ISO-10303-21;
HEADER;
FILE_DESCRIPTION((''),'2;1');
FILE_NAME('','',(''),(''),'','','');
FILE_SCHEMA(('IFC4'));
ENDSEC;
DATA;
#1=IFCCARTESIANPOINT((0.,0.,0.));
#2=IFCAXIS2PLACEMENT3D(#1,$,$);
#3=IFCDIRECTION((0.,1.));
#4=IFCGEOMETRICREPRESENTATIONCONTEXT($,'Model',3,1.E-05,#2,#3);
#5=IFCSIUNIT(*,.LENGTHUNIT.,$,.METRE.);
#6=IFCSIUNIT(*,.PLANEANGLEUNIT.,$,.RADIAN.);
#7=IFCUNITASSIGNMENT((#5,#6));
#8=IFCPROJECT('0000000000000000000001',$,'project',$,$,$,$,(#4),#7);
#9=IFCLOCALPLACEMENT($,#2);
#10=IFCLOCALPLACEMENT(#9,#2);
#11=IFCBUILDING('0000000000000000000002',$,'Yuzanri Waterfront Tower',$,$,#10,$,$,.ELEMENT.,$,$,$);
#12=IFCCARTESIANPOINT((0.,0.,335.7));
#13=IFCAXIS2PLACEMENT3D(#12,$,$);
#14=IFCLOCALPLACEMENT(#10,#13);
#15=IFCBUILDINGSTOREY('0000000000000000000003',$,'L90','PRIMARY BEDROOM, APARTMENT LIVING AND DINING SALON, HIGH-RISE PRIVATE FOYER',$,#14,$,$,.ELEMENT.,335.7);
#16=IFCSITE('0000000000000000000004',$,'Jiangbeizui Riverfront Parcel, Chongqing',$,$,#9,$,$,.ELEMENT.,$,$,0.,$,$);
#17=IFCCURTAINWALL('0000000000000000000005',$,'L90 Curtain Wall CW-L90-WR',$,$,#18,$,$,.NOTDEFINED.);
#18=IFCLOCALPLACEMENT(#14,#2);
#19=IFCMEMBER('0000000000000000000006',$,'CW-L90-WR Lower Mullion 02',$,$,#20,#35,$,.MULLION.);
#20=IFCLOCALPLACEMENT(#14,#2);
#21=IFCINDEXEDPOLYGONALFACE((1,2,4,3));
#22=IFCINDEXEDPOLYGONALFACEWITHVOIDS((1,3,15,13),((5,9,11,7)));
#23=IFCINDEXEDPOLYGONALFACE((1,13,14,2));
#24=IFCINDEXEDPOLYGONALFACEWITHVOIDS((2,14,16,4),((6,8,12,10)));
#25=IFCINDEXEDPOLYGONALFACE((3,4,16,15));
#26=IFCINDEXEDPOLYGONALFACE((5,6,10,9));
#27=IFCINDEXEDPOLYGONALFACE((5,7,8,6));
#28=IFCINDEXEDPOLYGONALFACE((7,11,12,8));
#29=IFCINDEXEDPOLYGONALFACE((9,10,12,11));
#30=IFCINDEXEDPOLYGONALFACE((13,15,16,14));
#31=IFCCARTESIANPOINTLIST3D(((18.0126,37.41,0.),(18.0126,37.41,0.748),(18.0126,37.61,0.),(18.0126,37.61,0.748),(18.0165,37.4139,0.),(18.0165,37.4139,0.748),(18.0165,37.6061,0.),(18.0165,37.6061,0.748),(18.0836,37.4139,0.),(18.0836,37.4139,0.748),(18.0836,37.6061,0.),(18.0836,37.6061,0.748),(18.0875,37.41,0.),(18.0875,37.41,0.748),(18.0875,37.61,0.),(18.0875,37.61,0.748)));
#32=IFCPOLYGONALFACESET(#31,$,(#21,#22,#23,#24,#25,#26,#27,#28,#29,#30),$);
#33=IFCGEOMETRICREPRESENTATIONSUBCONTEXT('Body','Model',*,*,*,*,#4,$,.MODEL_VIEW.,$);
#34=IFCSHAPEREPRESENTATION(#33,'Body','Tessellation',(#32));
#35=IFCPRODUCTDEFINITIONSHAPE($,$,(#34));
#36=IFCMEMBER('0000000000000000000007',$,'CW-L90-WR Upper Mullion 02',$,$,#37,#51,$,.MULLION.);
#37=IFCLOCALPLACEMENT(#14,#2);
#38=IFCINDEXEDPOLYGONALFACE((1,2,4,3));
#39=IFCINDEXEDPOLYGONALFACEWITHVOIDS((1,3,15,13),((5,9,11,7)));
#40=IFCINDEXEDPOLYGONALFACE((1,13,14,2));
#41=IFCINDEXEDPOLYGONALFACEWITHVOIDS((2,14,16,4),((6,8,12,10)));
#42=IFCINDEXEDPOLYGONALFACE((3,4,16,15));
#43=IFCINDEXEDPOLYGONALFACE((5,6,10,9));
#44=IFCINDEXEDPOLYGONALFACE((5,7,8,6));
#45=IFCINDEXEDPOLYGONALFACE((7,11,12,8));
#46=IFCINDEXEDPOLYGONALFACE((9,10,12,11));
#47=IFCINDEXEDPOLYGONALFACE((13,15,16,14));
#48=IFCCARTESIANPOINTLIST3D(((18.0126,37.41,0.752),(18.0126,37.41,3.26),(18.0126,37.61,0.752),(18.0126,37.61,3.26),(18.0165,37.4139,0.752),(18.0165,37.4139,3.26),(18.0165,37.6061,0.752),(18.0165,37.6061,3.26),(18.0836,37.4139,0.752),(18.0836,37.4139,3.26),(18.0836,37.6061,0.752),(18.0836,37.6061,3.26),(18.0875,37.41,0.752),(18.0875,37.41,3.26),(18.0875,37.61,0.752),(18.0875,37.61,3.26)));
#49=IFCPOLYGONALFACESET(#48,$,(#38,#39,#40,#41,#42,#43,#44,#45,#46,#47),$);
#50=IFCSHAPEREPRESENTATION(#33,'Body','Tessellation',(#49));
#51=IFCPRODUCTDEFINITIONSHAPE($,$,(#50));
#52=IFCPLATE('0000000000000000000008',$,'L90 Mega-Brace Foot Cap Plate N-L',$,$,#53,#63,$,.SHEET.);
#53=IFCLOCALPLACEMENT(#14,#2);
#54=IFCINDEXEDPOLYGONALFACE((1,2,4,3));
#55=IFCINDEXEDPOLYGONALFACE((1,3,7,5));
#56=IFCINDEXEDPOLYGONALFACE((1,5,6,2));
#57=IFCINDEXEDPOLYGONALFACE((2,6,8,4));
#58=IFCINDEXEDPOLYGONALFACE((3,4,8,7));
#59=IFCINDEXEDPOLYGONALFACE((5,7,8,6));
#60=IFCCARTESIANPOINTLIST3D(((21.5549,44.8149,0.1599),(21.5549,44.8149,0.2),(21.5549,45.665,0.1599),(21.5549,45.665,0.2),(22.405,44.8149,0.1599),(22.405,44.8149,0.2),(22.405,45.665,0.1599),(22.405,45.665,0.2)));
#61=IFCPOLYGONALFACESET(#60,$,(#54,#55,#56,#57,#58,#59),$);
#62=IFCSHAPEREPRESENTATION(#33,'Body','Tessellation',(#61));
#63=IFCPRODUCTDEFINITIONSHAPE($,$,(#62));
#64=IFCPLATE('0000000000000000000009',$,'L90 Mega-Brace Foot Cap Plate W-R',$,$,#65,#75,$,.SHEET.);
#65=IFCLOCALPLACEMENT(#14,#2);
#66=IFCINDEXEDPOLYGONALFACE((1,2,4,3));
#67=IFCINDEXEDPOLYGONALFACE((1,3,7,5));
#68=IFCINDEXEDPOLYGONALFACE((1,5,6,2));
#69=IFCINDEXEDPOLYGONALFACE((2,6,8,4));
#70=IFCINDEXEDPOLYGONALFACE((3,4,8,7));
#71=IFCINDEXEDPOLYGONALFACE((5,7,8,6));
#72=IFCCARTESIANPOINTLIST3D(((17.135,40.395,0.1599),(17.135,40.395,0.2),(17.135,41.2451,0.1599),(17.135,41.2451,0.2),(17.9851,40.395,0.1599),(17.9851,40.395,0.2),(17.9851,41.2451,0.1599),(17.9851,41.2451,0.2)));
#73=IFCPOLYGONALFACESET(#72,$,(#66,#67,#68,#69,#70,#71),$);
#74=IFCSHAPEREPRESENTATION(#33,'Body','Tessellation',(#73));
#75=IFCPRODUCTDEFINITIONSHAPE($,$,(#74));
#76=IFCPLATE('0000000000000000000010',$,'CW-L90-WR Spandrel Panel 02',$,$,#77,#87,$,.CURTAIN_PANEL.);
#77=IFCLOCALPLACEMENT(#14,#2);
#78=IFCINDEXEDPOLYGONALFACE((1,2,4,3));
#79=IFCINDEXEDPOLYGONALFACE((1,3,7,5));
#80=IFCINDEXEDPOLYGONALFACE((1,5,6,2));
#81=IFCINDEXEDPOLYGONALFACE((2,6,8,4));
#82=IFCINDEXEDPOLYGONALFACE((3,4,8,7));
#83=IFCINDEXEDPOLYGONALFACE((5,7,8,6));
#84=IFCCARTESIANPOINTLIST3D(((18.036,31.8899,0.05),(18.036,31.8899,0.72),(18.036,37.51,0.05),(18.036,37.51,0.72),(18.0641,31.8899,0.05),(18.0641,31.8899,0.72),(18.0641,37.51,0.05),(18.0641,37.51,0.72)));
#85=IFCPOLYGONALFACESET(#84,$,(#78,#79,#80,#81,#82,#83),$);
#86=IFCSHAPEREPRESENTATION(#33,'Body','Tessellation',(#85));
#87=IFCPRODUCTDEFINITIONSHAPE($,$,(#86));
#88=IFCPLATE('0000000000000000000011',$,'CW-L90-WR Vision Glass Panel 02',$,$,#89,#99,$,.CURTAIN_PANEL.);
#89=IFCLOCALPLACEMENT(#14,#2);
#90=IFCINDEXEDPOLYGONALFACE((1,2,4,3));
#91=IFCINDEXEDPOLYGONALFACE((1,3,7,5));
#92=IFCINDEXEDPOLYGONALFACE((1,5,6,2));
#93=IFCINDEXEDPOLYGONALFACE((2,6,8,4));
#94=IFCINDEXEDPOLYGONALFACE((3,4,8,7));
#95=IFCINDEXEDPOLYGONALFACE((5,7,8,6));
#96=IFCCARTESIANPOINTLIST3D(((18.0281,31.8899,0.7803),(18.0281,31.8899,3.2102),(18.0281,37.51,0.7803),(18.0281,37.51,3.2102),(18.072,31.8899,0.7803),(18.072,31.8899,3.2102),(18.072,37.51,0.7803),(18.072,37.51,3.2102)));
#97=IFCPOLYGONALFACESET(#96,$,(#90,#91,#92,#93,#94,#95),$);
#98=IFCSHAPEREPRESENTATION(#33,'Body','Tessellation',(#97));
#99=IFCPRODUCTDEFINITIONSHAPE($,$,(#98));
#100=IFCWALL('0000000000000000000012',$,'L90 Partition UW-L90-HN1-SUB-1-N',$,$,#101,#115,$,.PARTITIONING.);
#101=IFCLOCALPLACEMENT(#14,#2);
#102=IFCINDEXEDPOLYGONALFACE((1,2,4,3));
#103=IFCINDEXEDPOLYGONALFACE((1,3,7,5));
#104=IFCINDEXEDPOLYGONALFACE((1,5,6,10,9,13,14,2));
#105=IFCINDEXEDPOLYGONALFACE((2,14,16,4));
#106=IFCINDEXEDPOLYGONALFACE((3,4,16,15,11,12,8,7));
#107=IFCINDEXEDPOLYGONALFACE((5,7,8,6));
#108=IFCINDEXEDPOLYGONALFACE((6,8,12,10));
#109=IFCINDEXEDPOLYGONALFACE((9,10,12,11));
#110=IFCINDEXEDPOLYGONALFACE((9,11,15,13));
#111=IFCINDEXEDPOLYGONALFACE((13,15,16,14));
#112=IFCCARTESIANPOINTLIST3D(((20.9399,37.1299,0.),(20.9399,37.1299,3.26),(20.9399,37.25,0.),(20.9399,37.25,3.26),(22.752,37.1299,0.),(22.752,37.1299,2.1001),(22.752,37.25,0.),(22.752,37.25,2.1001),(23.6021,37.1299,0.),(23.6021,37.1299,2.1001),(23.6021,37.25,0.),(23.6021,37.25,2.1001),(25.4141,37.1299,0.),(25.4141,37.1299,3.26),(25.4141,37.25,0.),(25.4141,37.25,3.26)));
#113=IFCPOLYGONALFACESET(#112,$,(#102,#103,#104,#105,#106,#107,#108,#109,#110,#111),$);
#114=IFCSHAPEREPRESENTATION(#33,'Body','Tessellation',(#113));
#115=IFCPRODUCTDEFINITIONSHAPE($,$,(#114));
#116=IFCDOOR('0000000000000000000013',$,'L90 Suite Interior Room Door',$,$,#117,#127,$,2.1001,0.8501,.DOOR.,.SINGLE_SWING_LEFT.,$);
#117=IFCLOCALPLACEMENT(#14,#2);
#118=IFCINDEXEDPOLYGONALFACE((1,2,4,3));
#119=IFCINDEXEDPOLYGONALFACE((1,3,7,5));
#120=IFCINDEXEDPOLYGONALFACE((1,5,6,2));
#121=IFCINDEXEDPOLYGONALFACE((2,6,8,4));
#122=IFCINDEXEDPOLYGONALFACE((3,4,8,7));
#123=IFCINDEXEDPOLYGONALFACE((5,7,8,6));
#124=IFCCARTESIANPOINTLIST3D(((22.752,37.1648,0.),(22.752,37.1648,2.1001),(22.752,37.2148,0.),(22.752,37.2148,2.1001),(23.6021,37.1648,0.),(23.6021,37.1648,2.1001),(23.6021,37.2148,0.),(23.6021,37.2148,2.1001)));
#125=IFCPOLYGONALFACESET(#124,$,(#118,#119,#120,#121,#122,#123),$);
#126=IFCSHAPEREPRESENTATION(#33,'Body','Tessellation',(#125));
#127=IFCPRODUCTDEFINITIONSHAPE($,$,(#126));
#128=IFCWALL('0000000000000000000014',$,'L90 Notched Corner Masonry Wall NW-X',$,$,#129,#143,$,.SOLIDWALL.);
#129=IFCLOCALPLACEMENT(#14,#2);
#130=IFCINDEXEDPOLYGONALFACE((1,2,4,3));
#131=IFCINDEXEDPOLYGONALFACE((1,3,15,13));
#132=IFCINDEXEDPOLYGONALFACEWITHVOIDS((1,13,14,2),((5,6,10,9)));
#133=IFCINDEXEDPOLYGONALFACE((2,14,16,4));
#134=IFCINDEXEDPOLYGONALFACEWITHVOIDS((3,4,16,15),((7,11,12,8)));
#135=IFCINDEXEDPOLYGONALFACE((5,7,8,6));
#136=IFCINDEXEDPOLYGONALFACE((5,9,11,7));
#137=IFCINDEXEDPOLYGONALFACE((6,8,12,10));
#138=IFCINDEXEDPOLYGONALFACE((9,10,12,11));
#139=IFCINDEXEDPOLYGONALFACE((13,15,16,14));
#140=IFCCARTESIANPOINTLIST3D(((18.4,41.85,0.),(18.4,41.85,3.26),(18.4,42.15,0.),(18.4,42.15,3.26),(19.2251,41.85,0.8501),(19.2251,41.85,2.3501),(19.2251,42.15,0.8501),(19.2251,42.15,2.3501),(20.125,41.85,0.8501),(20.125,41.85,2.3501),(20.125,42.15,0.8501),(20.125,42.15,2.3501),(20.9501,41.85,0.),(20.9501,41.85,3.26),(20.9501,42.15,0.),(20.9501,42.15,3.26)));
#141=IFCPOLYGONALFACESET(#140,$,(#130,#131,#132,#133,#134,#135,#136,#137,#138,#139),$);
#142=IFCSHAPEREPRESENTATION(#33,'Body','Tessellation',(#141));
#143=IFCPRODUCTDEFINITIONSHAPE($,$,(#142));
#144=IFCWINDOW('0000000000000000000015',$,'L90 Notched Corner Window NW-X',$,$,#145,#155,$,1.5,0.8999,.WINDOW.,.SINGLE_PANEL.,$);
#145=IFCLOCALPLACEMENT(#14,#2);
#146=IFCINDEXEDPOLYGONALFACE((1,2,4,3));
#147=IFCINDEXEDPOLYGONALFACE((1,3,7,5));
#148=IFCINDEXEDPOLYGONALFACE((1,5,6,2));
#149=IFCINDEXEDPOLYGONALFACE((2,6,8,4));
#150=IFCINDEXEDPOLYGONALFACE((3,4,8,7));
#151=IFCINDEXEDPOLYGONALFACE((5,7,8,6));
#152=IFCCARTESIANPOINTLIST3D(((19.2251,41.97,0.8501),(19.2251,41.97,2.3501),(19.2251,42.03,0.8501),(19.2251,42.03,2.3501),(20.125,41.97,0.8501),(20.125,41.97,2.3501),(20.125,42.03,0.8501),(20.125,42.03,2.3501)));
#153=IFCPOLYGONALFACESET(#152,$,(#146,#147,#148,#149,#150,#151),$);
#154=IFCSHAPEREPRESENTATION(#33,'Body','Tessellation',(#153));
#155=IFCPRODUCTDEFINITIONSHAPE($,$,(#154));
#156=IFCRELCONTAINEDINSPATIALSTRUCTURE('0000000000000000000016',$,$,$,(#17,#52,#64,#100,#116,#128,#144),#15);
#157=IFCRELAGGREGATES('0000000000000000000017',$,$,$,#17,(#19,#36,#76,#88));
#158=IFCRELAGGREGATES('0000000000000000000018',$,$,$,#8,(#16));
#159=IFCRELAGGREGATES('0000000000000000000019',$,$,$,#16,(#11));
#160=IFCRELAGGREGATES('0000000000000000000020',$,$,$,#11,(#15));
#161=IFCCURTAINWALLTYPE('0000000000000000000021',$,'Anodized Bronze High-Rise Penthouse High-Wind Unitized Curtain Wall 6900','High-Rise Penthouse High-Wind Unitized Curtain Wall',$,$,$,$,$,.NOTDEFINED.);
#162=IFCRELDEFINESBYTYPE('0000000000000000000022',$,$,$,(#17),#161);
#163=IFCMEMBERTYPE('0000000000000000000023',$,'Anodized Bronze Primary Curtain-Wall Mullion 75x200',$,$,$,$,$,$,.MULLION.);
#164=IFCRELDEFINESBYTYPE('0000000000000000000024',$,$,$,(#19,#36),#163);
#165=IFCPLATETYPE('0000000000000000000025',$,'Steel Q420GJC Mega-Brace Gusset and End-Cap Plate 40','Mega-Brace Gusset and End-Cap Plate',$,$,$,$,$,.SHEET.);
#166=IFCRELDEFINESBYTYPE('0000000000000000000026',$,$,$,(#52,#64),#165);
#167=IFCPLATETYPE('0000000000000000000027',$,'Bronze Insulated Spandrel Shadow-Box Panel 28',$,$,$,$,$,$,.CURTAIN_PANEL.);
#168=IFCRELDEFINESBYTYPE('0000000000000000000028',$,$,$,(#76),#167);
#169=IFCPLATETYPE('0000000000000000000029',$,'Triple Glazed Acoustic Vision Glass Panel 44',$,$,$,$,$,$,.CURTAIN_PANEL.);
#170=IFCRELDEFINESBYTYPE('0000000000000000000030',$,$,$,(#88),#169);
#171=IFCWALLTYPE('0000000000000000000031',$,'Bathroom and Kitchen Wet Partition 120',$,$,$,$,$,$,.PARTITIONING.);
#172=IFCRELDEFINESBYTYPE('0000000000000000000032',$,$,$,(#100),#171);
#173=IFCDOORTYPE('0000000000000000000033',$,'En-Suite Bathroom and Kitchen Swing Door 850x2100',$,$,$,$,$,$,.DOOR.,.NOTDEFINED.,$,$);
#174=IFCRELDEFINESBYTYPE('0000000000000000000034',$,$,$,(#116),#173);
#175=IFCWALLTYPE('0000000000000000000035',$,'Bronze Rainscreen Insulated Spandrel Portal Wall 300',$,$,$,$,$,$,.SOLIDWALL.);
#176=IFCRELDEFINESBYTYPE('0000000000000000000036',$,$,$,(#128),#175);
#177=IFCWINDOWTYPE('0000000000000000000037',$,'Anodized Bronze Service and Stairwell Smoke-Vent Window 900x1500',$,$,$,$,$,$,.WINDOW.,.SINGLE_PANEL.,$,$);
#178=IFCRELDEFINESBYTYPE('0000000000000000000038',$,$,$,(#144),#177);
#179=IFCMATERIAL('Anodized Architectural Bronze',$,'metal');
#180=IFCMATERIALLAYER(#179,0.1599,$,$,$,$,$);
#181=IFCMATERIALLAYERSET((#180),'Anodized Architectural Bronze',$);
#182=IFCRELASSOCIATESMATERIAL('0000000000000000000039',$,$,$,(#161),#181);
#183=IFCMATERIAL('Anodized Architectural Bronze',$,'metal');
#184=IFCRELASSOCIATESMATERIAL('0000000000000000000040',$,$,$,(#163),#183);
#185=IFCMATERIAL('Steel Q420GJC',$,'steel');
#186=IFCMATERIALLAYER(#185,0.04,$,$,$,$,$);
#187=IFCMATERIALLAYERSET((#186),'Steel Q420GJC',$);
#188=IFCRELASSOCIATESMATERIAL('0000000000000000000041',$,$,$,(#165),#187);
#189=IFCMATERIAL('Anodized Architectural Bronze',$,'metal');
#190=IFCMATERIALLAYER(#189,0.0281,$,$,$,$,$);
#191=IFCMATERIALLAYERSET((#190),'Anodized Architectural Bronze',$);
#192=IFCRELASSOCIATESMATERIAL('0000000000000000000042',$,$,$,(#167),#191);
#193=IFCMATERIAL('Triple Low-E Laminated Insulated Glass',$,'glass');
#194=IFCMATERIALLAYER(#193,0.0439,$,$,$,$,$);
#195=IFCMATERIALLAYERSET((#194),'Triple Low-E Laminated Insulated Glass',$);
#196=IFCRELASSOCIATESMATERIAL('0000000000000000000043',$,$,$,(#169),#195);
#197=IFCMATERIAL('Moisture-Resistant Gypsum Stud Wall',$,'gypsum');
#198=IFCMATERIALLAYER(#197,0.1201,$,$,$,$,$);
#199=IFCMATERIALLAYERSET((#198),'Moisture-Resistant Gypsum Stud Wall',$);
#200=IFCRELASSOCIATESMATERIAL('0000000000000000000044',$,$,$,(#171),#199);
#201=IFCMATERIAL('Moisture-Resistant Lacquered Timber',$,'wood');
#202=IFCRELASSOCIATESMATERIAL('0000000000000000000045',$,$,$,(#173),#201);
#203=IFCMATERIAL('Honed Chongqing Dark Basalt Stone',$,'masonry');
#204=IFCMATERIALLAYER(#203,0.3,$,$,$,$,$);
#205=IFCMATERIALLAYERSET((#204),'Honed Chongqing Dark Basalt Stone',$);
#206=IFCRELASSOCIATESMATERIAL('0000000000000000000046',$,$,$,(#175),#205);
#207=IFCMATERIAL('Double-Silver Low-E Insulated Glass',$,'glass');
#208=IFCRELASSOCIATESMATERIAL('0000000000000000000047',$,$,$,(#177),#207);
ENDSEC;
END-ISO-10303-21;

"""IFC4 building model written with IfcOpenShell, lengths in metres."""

from ifc_helpers import new_model, si_unit, direction, frame, frame_2d, origin, origin_2d, place, context, subcontext, project, spatial, rectangle, hollow_rectangle, extrude, source, transform, mapped, material, layer, layer_set, material_profile, profile_set, type_object, element, fill, aggregate, save


model = new_model("IFC4")

# Units and contexts
model_context = context("Model", 3, precision=1e-05, world=origin(), true_north=direction((0.0, 1.0)))
body_context = subcontext(model_context, "Body", "Model", "MODEL_VIEW")
ifc_project = project(units=[si_unit("LENGTHUNIT", "METRE"), si_unit("PLANEANGLEUNIT", "RADIAN")], contexts=[model_context])

# Site, building, storey
site_placement = place(None, origin())
site = spatial("IfcSite", under=ifc_project, at=site_placement, Name="Jiangbeizui Riverfront Parcel, Chongqing", CompositionType="ELEMENT", RefElevation=0.0)
building_placement = place(site_placement, origin())
building = spatial("IfcBuilding", under=site, at=building_placement, Name="Yuzanri Waterfront Tower", CompositionType="ELEMENT")
storey_placement = place(building_placement, frame((0.0, 0.0, 335.7)))
storey = spatial("IfcBuildingStorey", under=building, at=storey_placement, Name="L90", Description="PRIMARY BEDROOM, APARTMENT LIVING AND DINING SALON, HIGH-RISE PRIVATE FOYER", CompositionType="ELEMENT", Elevation=335.7)

# Shared definitions
ifc_material_1 = material(Name="Anodized Architectural Bronze", Category="metal")
ifc_layer_1 = layer(ifc_material_1, 0.1599)
ifc_layer_set_1 = layer_set([ifc_layer_1], Name="Anodized Architectural Bronze")
curtain_wall_type = type_object("IfcCurtainWallType", Name="Anodized Bronze High-Rise Penthouse High-Wind Unitized Curtain Wall 6900", Description="High-Rise Penthouse High-Wind Unitized Curtain Wall", PredefinedType="NOTDEFINED", material=ifc_layer_set_1)

# Curtain wall, members
curtain_wall_1_placement = place(storey_placement, origin())
curtain_wall_1 = element("IfcCurtainWall", 1, at=curtain_wall_1_placement, inside=storey, type_object=curtain_wall_type, Name="L90 Curtain Wall CW-L90-WR", PredefinedType="NOTDEFINED")
ifc_material_2 = material(Name="Anodized Architectural Bronze", Category="metal")
ifc_material_profile_1 = material_profile(ifc_material_2, hollow_rectangle(XDim=0.075, YDim=0.2, WallThickness=0.0039, at=origin_2d()), Name="CWM 75x200")
ifc_profile_set_1 = profile_set([ifc_material_profile_1], Name="Anodized Architectural Bronze")
member_type_1 = type_object("IfcMemberType", Name="Anodized Bronze Primary Curtain-Wall Mullion 75x200", PredefinedType="MULLION", material=ifc_profile_set_1)
shared_shape_1 = source(origin(), body_context, "Body", "SweptSolid", [
    extrude(hollow_rectangle(XDim=0.075, YDim=0.2, WallThickness=0.0039, at=origin_2d()), origin(), (0.0, 0.0, 1.0), 0.748),
])
member_1_placement = place(storey_placement, frame((18.05, 37.51, 0.0), z_axis=(0.0, 0.0, 1.0), x_axis=(1.0, 0.0, 0.0)))
member_1 = element("IfcMember", 2, at=member_1_placement, type_object=member_type_1, Name="CW-L90-WR Lower Mullion 02", PredefinedType="MULLION", context=body_context, shape_type="MappedRepresentation", body=[
    mapped(shared_shape_1, transform((0.0, 0.0, 0.0), scale=1.0)),
])
shared_shape_2 = source(origin(), body_context, "Body", "SweptSolid", [
    extrude(hollow_rectangle(XDim=0.075, YDim=0.2, WallThickness=0.0039, at=origin_2d()), origin(), (0.0, 0.0, 1.0), 2.5081),
])
member_2_placement = place(storey_placement, frame((18.05, 37.51, 0.752), z_axis=(0.0, 0.0, 1.0), x_axis=(1.0, 0.0, 0.0)))
member_2 = element("IfcMember", 3, at=member_2_placement, type_object=member_type_1, Name="CW-L90-WR Upper Mullion 02", PredefinedType="MULLION", context=body_context, shape_type="MappedRepresentation", body=[
    mapped(shared_shape_2, transform((0.0, 0.0, 0.0), scale=1.0)),
])

# Plates
ifc_material_3 = material(Name="Steel Q420GJC", Category="steel")
ifc_layer_2 = layer(ifc_material_3, 0.04)
ifc_layer_set_2 = layer_set([ifc_layer_2], Name="Steel Q420GJC")
plate_type_1 = type_object("IfcPlateType", Name="Steel Q420GJC Mega-Brace Gusset and End-Cap Plate 40", Description="Mega-Brace Gusset and End-Cap Plate", PredefinedType="SHEET", material=ifc_layer_set_2)
shared_shape_3 = source(origin(), body_context, "Body", "SweptSolid", [
    extrude(rectangle(XDim=0.8501, YDim=0.8501, at=origin_2d()), origin(), (0.0, 0.0, 1.0), 0.04),
])
for number, where, z_axis, x_axis, name in (
    (4, (21.98, 45.24, 0.1599), (0.0, 0.0, 1.0), (1.0, 0.0, 0.0), "L90 Mega-Brace Foot Cap Plate N-L"),
    (5, (17.5601, 40.8201, 0.1599), (0.0, 0.0, 1.0), (1.0, 0.0, 0.0), "L90 Mega-Brace Foot Cap Plate W-R"),
):
    element("IfcPlate", number, at=place(storey_placement, frame(where, z_axis=z_axis, x_axis=x_axis)), inside=storey, type_object=plate_type_1, Name=name, PredefinedType="SHEET", context=body_context, shape_type="MappedRepresentation", body=[
        mapped(shared_shape_3, transform((0.0, 0.0, 0.0), scale=1.0)),
    ])

# Plates
ifc_material_4 = material(Name="Anodized Architectural Bronze", Category="metal")
ifc_layer_3 = layer(ifc_material_4, 0.0281)
ifc_layer_set_3 = layer_set([ifc_layer_3], Name="Anodized Architectural Bronze")
plate_type_2 = type_object("IfcPlateType", Name="Bronze Insulated Spandrel Shadow-Box Panel 28", PredefinedType="CURTAIN_PANEL", material=ifc_layer_set_3)
shared_shape_4 = source(origin(), body_context, "Body", "SweptSolid", [
    extrude(rectangle(XDim=5.6201, YDim=0.0281, at=origin_2d()), origin(), (0.0, 0.0, 1.0), 0.6699),
])
plate_1_placement = place(storey_placement, frame((18.05, 34.7, 0.05), z_axis=(0.0, 0.0, 1.0), x_axis=(0.0, 1.0, 0.0)))
plate_1 = element("IfcPlate", 6, at=plate_1_placement, type_object=plate_type_2, Name="CW-L90-WR Spandrel Panel 02", PredefinedType="CURTAIN_PANEL", context=body_context, shape_type="MappedRepresentation", body=[
    mapped(shared_shape_4, transform((0.0, 0.0, 0.0), scale=1.0)),
])
ifc_material_5 = material(Name="Triple Low-E Laminated Insulated Glass", Category="glass")
ifc_layer_4 = layer(ifc_material_5, 0.0439)
ifc_layer_set_4 = layer_set([ifc_layer_4], Name="Triple Low-E Laminated Insulated Glass")
plate_type_3 = type_object("IfcPlateType", Name="Triple Glazed Acoustic Vision Glass Panel 44", PredefinedType="CURTAIN_PANEL", material=ifc_layer_set_4)
shared_shape_5 = source(origin(), body_context, "Body", "SweptSolid", [
    extrude(rectangle(XDim=5.6201, YDim=0.0439, at=origin_2d()), origin(), (0.0, 0.0, 1.0), 2.4299),
])
plate_2_placement = place(storey_placement, frame((18.05, 34.7, 0.7803), z_axis=(0.0, 0.0, 1.0), x_axis=(0.0, 1.0, 0.0)))
plate_2 = element("IfcPlate", 7, at=plate_2_placement, type_object=plate_type_3, Name="CW-L90-WR Vision Glass Panel 02", PredefinedType="CURTAIN_PANEL", context=body_context, shape_type="MappedRepresentation", body=[
    mapped(shared_shape_5, transform((0.0, 0.0, 0.0), scale=1.0)),
])
aggregate(curtain_wall_1, [member_1, member_2, plate_1, plate_2])

# Wall, opening, door
ifc_material_6 = material(Name="Moisture-Resistant Gypsum Stud Wall", Category="gypsum")
ifc_layer_5 = layer(ifc_material_6, 0.1201)
ifc_layer_set_5 = layer_set([ifc_layer_5], Name="Moisture-Resistant Gypsum Stud Wall")
wall_type_1 = type_object("IfcWallType", Name="Bathroom and Kitchen Wet Partition 120", PredefinedType="PARTITIONING", material=ifc_layer_set_5)
wall_1_placement = place(storey_placement, frame((20.9399, 37.1899, 0.0), z_axis=(0.0, 0.0, 1.0), x_axis=(1.0, 0.0, 0.0)))
wall_1 = element("IfcWall", 8, at=wall_1_placement, inside=storey, type_object=wall_type_1, Name="L90 Partition UW-L90-HN1-SUB-1-N", PredefinedType="PARTITIONING", context=body_context, shape_type="SweptSolid", body=[
    extrude(rectangle(XDim=4.4741, YDim=0.1201, at=frame_2d((2.2371, 0.0))), origin(), (0.0, 0.0, 1.0), 3.26),
])
opening_1_placement = place(wall_1_placement, frame((1.812, 0.0, 0.0)))
opening_1 = element("IfcOpeningElement", 9, at=opening_1_placement, cuts=wall_1, PredefinedType="OPENING", context=body_context, shape_type="SweptSolid", body=[
    extrude(rectangle(XDim=0.8501, YDim=2.1001, at=frame_2d((0.425, 1.05))), frame((0.0, 0.075, 0.0), z_axis=(0.0, -1.0, 0.0), x_axis=(1.0, 0.0, 0.0)), (0.0, 0.0, 1.0), 0.1499),
])
ifc_material_7 = material(Name="Moisture-Resistant Lacquered Timber", Category="wood")
door_type = type_object("IfcDoorType", Name="En-Suite Bathroom and Kitchen Swing Door 850x2100", OperationType="NOTDEFINED", PredefinedType="DOOR", material=ifc_material_7)
shared_shape_6 = source(origin(), body_context, "Body", "SweptSolid", [
    extrude(rectangle(XDim=0.8501, YDim=2.1001, at=frame_2d((0.425, 1.05))), frame((0.0, 0.0249, 0.0), z_axis=(0.0, -1.0, 0.0), x_axis=(1.0, 0.0, 0.0)), (0.0, 0.0, 1.0), 0.05),
])
door_placement = place(opening_1_placement, origin())
door = element("IfcDoor", 10, at=door_placement, inside=storey, type_object=door_type, Name="L90 Suite Interior Room Door", OperationType="SINGLE_SWING_LEFT", OverallHeight=2.1001, OverallWidth=0.8501, PredefinedType="DOOR", context=body_context, shape_type="MappedRepresentation", body=[
    mapped(shared_shape_6, transform((0.0, 0.0, 0.0), scale=1.0)),
])
fill(opening_1, door)

# Wall, opening, window
ifc_material_8 = material(Name="Honed Chongqing Dark Basalt Stone", Category="masonry")
ifc_layer_6 = layer(ifc_material_8, 0.3)
ifc_layer_set_6 = layer_set([ifc_layer_6], Name="Honed Chongqing Dark Basalt Stone")
wall_type_2 = type_object("IfcWallType", Name="Bronze Rainscreen Insulated Spandrel Portal Wall 300", PredefinedType="SOLIDWALL", material=ifc_layer_set_6)
wall_2_placement = place(storey_placement, frame((20.95, 42.0, 0.0), z_axis=(0.0, 0.0, 1.0), x_axis=(-1.0, 0.0, 0.0)))
wall_2 = element("IfcWall", 11, at=wall_2_placement, inside=storey, type_object=wall_type_2, Name="L90 Notched Corner Masonry Wall NW-X", PredefinedType="SOLIDWALL", context=body_context, shape_type="SweptSolid", body=[
    extrude(rectangle(XDim=2.55, YDim=0.3, at=frame_2d((1.2749, 0.0))), origin(), (0.0, 0.0, 1.0), 3.26),
])
opening_2_placement = place(wall_2_placement, frame((0.825, 0.0, 0.8501)))
opening_2 = element("IfcOpeningElement", 12, at=opening_2_placement, cuts=wall_2, PredefinedType="OPENING", context=body_context, shape_type="SweptSolid", body=[
    extrude(rectangle(XDim=0.8999, YDim=1.5, at=frame_2d((0.45, 0.75))), frame((0.0, 0.165, 0.0), z_axis=(0.0, -1.0, 0.0), x_axis=(1.0, 0.0, 0.0)), (0.0, 0.0, 1.0), 0.3298),
])
ifc_material_9 = material(Name="Double-Silver Low-E Insulated Glass", Category="glass")
window_type_1 = type_object("IfcWindowType", Name="Anodized Bronze Service and Stairwell Smoke-Vent Window 900x1500", PartitioningType="SINGLE_PANEL", PredefinedType="WINDOW", material=ifc_material_9)
shared_shape_7 = source(origin(), body_context, "Body", "SweptSolid", [
    extrude(rectangle(XDim=0.8999, YDim=1.5, at=frame_2d((0.45, 0.75))), frame((0.0, 0.03, 0.0), z_axis=(0.0, -1.0, 0.0), x_axis=(1.0, 0.0, 0.0)), (0.0, 0.0, 1.0), 0.0601),
])
window_1_placement = place(opening_2_placement, origin())
window_1 = element("IfcWindow", 13, at=window_1_placement, inside=storey, type_object=window_type_1, Name="L90 Notched Corner Window NW-X", OverallHeight=1.5, OverallWidth=0.8999, PartitioningType="SINGLE_PANEL", PredefinedType="WINDOW", context=body_context, shape_type="MappedRepresentation", body=[
    mapped(shared_shape_7, transform((0.0, 0.0, 0.0), scale=1.0)),
])
fill(opening_2, window_1)

save(model, "model.ifc")
